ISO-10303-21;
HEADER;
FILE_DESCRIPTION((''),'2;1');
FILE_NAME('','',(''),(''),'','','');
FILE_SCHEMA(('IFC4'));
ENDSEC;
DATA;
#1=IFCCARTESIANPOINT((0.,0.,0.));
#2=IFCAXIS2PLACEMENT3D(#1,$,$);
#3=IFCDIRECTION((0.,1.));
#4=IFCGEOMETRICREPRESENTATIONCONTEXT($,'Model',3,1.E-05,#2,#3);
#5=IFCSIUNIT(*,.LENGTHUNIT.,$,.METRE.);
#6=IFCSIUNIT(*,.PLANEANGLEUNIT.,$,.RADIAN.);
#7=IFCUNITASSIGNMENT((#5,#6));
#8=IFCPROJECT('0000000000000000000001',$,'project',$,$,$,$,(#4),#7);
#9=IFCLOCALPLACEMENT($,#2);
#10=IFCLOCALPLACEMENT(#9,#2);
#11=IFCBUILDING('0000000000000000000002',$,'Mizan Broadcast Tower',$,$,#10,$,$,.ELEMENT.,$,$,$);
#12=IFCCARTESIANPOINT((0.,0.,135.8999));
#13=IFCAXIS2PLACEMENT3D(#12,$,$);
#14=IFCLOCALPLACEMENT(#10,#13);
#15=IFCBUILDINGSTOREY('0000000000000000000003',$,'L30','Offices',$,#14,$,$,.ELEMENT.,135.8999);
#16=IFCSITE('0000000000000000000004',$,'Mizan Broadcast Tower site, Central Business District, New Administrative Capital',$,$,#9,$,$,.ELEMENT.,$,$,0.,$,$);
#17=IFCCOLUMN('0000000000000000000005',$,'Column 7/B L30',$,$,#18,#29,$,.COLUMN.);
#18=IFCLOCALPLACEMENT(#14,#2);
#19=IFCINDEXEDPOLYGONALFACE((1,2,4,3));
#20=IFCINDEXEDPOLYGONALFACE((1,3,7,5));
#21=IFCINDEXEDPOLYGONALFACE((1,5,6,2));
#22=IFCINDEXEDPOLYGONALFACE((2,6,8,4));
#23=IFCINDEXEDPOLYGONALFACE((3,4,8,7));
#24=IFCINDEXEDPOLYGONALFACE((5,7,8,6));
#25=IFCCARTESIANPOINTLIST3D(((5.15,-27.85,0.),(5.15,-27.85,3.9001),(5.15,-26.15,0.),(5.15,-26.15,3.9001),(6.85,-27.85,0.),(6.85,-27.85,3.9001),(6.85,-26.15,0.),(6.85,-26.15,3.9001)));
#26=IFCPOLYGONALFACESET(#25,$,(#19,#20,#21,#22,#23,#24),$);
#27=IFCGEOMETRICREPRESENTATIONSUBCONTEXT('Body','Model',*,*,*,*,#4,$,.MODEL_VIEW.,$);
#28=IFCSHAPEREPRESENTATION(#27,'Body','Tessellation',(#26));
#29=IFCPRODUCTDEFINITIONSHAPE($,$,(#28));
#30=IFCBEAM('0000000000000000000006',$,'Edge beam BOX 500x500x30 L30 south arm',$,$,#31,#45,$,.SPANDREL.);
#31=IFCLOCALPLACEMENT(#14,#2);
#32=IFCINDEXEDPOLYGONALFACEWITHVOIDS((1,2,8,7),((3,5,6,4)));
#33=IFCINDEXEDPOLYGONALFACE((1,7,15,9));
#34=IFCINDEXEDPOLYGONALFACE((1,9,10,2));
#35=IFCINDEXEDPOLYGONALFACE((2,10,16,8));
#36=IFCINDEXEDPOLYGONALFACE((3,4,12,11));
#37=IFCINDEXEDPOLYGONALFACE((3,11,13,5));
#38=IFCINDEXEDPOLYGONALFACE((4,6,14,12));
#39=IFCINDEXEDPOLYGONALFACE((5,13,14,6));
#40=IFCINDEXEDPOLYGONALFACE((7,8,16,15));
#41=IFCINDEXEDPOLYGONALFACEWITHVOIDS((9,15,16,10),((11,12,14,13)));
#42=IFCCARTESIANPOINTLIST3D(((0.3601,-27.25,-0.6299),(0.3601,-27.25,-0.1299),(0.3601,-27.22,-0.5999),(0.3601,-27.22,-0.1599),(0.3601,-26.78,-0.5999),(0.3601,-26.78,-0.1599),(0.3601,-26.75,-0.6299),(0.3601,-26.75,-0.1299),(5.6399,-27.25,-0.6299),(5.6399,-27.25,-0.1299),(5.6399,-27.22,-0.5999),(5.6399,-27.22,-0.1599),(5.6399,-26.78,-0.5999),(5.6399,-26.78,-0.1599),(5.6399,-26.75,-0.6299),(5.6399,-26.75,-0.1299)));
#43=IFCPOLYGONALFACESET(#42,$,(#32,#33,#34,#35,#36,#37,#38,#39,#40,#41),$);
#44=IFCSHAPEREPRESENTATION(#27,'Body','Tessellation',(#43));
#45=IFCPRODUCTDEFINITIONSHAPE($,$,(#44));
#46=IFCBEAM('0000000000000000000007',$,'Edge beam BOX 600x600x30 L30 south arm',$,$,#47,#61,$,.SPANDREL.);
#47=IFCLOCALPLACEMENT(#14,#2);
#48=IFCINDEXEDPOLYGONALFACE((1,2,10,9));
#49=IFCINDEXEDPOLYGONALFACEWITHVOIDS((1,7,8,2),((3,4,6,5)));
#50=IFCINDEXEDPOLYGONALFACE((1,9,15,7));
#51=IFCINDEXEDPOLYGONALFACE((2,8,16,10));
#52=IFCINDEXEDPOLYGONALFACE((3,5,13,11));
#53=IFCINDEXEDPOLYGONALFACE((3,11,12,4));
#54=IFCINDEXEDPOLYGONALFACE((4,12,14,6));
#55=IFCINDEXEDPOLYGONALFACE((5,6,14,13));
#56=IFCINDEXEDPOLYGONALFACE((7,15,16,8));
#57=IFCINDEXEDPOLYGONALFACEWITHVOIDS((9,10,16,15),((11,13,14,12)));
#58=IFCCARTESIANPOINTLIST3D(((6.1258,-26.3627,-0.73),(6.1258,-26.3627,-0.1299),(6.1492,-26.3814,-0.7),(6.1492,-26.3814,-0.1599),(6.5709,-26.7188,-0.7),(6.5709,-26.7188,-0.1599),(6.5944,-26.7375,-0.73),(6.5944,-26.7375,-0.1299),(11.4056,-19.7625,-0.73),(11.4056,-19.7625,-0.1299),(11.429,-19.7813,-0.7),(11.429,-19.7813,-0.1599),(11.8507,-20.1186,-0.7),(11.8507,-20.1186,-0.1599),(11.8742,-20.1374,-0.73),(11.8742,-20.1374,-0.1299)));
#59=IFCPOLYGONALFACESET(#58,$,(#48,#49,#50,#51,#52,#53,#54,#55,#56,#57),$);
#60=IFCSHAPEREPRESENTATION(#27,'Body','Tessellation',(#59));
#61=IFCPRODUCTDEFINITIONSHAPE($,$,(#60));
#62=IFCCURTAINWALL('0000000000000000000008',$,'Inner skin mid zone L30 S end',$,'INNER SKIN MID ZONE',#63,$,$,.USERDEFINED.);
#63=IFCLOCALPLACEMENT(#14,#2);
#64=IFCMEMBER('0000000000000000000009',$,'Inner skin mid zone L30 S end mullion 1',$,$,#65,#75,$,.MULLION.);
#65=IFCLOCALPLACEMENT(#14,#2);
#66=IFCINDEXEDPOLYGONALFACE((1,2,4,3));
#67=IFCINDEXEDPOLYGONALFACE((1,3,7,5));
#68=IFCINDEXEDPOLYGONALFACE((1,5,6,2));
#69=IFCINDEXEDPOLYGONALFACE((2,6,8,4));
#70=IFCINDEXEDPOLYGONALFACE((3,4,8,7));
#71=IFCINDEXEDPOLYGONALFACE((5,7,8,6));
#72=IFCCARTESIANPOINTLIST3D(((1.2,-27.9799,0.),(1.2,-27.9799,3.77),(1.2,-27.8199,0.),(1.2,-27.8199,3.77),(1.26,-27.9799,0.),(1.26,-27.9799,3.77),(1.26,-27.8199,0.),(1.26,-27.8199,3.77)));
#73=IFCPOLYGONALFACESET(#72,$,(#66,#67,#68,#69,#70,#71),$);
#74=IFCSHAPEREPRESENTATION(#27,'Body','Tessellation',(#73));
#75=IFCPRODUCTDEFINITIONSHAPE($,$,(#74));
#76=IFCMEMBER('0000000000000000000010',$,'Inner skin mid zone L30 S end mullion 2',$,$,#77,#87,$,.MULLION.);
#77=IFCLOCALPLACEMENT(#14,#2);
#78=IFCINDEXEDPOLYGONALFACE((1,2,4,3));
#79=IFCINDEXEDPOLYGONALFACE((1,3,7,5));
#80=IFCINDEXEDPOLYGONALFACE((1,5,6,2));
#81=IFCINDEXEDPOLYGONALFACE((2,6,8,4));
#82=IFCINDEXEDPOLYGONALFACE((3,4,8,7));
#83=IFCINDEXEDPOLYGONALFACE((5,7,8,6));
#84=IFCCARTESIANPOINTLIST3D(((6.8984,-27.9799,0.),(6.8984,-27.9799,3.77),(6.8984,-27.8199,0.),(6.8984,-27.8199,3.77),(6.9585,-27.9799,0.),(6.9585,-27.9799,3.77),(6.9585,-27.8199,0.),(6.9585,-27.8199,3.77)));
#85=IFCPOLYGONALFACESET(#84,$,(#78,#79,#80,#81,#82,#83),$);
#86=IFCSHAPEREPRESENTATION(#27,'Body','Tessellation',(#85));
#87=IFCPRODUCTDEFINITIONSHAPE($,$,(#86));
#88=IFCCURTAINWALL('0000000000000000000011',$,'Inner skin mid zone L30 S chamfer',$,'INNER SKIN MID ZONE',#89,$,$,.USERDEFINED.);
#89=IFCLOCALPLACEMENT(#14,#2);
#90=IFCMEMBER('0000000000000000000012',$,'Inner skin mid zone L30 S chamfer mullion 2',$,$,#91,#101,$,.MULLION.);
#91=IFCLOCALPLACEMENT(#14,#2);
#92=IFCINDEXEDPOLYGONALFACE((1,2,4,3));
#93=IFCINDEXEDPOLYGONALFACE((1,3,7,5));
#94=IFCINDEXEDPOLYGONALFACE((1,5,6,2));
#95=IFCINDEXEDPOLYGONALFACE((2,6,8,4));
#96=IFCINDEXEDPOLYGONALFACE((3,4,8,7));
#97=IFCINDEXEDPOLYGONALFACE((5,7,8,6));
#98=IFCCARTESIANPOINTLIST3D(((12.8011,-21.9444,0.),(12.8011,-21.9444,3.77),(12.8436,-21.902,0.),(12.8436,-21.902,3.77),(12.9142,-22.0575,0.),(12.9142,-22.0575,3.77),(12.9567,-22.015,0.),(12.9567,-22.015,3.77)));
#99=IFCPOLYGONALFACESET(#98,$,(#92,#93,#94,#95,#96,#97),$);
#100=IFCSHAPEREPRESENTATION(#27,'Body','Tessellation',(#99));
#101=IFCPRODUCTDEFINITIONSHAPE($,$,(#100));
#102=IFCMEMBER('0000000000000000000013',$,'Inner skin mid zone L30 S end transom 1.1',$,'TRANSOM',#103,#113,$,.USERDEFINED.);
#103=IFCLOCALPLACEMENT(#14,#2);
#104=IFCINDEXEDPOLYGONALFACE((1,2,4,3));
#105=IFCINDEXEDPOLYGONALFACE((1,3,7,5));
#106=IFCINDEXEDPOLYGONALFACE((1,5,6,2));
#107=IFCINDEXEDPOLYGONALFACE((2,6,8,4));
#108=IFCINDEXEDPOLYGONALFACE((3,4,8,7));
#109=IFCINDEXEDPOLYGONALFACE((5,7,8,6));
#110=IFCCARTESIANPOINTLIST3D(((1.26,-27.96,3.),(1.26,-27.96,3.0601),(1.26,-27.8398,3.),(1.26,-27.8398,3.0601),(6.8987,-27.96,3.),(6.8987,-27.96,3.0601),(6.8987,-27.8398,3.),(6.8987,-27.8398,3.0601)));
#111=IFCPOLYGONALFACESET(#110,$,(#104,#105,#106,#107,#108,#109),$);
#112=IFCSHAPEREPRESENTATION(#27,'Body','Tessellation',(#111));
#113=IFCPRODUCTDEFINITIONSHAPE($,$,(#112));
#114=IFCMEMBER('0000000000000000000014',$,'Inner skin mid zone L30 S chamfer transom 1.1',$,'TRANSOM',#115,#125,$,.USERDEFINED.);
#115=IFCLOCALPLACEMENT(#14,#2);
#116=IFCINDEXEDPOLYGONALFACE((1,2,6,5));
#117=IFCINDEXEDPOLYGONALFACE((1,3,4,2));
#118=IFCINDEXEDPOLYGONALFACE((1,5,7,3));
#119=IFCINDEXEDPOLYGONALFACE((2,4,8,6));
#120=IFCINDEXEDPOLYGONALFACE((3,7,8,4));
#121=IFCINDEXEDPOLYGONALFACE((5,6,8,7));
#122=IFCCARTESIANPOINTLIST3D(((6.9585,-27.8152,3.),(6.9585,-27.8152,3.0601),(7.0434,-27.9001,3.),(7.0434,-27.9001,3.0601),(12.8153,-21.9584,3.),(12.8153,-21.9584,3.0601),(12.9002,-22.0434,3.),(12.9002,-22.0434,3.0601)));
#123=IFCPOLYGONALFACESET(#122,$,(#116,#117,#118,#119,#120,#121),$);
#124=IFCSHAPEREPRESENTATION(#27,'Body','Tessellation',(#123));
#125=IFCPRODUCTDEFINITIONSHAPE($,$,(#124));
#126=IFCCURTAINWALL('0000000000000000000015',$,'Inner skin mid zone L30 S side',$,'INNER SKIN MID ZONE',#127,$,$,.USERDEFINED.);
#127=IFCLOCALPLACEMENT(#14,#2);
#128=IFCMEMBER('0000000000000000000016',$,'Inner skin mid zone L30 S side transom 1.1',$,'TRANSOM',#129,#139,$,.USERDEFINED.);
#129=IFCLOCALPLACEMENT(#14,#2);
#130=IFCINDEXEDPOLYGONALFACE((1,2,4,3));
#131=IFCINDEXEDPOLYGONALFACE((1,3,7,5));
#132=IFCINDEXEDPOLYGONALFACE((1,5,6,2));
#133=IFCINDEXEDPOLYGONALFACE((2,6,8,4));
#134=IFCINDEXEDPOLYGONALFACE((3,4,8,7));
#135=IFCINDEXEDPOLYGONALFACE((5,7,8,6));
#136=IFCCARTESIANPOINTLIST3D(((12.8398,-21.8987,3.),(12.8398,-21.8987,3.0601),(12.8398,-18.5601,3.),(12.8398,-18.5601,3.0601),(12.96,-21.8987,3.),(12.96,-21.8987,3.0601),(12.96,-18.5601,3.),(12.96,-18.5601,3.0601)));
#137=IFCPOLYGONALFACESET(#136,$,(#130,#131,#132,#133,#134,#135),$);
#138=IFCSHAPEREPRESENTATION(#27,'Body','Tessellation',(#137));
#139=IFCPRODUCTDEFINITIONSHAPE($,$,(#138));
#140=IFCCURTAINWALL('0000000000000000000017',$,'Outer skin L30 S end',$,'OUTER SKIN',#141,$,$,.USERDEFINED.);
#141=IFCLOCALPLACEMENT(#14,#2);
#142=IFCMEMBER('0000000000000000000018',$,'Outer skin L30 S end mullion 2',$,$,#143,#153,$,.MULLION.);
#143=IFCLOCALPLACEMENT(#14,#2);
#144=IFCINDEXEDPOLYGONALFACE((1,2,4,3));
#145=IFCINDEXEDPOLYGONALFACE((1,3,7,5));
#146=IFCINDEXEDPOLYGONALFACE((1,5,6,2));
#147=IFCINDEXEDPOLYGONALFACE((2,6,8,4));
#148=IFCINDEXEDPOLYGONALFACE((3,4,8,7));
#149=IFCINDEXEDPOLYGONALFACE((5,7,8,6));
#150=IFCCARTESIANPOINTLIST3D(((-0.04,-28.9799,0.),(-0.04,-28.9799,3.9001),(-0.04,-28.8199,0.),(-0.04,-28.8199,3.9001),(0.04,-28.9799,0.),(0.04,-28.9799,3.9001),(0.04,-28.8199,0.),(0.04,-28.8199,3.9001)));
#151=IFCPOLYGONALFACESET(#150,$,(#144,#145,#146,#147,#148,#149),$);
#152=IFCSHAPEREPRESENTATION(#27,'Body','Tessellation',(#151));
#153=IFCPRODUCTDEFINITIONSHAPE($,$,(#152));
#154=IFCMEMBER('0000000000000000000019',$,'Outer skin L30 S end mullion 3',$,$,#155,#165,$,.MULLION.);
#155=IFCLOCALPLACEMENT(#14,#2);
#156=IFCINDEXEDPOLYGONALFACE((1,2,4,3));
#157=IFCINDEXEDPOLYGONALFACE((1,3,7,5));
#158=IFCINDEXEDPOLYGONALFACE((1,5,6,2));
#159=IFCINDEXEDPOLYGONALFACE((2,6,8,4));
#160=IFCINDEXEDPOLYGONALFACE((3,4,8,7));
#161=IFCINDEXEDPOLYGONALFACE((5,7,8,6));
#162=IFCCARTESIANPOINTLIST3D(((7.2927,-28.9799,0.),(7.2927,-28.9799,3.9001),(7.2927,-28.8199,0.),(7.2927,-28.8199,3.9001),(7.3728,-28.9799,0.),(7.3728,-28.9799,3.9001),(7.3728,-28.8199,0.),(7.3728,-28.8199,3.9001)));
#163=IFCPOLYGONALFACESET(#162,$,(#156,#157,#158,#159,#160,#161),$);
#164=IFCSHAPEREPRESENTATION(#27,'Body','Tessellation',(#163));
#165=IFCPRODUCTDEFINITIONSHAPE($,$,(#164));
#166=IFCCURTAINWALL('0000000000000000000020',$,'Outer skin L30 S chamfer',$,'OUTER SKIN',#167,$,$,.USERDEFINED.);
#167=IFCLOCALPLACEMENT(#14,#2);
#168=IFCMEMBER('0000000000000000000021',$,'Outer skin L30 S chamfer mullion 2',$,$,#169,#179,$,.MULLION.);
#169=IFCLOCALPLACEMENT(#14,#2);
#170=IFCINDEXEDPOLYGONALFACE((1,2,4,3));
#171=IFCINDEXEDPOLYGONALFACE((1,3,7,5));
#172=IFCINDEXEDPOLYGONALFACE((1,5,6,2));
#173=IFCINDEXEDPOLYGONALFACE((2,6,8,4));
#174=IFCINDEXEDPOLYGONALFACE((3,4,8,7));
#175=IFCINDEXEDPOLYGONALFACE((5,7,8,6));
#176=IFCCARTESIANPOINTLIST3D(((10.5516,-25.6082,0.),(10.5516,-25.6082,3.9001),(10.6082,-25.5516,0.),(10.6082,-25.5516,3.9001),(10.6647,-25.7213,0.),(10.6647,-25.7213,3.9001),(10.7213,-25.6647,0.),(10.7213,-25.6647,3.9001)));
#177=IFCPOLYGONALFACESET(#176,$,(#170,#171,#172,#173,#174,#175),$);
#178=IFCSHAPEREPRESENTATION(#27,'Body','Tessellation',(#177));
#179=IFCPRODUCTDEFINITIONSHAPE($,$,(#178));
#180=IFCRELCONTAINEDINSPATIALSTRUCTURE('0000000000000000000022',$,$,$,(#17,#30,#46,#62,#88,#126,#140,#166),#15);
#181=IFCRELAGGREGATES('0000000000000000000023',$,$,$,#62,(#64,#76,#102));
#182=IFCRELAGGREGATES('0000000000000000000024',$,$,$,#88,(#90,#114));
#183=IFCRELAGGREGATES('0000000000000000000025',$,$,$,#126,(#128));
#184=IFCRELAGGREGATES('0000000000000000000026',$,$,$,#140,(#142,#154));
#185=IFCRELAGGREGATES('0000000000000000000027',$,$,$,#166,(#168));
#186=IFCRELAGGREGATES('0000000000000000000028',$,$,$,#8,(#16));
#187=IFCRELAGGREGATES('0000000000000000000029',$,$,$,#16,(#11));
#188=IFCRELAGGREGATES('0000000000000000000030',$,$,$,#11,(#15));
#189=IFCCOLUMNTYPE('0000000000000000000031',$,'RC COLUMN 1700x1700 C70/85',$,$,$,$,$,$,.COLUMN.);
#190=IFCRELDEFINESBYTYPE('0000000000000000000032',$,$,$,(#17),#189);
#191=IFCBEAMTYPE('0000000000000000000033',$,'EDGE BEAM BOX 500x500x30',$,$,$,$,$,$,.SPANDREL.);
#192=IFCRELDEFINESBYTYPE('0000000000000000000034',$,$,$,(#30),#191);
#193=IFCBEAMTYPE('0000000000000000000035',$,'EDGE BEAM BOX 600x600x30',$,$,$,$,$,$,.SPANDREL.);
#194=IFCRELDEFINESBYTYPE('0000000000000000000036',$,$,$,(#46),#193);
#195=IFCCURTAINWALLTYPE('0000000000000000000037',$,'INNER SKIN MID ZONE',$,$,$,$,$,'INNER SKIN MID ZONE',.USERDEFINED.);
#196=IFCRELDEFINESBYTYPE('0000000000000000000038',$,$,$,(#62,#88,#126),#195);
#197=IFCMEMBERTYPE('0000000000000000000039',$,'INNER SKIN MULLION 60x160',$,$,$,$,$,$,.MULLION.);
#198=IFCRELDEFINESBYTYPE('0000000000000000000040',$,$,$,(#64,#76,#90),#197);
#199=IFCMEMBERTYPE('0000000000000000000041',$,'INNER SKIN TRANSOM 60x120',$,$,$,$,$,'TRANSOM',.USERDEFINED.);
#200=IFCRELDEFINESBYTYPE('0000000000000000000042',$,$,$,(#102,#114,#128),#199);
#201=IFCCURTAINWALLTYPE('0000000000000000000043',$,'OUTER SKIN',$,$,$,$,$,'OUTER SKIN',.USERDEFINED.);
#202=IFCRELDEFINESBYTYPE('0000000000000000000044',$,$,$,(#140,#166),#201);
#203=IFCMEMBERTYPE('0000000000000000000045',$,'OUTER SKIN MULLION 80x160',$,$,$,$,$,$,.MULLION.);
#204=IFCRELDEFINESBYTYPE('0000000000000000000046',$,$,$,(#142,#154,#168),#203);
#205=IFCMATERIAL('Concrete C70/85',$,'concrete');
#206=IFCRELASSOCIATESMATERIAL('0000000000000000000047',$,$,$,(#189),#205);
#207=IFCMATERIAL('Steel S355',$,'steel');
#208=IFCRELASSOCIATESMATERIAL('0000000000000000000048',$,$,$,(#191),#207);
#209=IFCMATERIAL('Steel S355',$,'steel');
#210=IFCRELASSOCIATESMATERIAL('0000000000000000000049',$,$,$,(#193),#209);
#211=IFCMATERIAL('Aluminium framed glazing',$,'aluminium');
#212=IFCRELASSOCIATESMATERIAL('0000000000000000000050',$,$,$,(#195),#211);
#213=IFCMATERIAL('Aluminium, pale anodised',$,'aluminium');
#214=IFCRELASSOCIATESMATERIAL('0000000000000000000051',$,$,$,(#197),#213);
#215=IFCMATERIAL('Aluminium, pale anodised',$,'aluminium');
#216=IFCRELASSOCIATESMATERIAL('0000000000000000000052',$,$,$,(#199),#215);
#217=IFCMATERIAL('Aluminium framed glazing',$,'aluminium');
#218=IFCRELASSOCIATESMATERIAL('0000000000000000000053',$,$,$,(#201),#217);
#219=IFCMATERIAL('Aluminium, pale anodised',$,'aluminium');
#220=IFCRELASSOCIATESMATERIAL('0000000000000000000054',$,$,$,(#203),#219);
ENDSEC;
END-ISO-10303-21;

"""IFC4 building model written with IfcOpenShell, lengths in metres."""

from ifc_helpers import new_model, si_unit, direction, frame, origin, origin_2d, place, context, subcontext, project, spatial, rectangle, hollow_rectangle, extrude, material, material_profile, profile_set, type_object, element, aggregate, save


model = new_model("IFC4")

# Units and contexts
model_context = context("Model", 3, precision=1e-05, world=origin(), true_north=direction((0.0, 1.0)))
body_context = subcontext(model_context, "Body", "Model", "MODEL_VIEW")
ifc_project = project(units=[si_unit("LENGTHUNIT", "METRE"), si_unit("PLANEANGLEUNIT", "RADIAN")], contexts=[model_context])

# Site, building, storey
site_placement = place(None, origin())
site = spatial("IfcSite", under=ifc_project, at=site_placement, Name="Mizan Broadcast Tower site, Central Business District, New Administrative Capital", CompositionType="ELEMENT", RefElevation=0.0)
building_placement = place(site_placement, origin())
building = spatial("IfcBuilding", under=site, at=building_placement, Name="Mizan Broadcast Tower", CompositionType="ELEMENT")
storey_placement = place(building_placement, frame((0.0, 0.0, 135.8999)))
storey = spatial("IfcBuildingStorey", under=building, at=storey_placement, Name="L30", Description="Offices", CompositionType="ELEMENT", Elevation=135.8999)

# Column
ifc_material_1 = material(Name="Concrete C70/85", Category="concrete")
ifc_material_profile_1 = material_profile(ifc_material_1, rectangle(XDim=1.7, YDim=1.7, at=origin_2d()), Name="RC 1700x1700")
ifc_profile_set_1 = profile_set([ifc_material_profile_1], Name="Concrete C70/85")
column_type = type_object("IfcColumnType", Name="RC COLUMN 1700x1700 C70/85", PredefinedType="COLUMN", material=ifc_profile_set_1)
column_placement = place(storey_placement, frame((6.0, -27.0, 0.0), z_axis=(0.0, 0.0, 1.0), x_axis=(1.0, 0.0, 0.0)))
element("IfcColumn", 1, at=column_placement, inside=storey, type_object=column_type, Name="Column 7/B L30", PredefinedType="COLUMN", context=body_context, shape_type="SweptSolid", body=[
    extrude(rectangle(XDim=1.7, YDim=1.7, at=origin_2d()), origin(), (0.0, 0.0, 1.0), 3.9001),
])

# Beams
ifc_material_2 = material(Name="Steel S355", Category="steel")
ifc_material_profile_2 = material_profile(ifc_material_2, hollow_rectangle(XDim=0.5, YDim=0.5, WallThickness=0.03, at=origin_2d()), Name="BOX 500x500x30")
ifc_profile_set_2 = profile_set([ifc_material_profile_2], Name="Steel S355")
beam_type_1 = type_object("IfcBeamType", Name="EDGE BEAM BOX 500x500x30", PredefinedType="SPANDREL", material=ifc_profile_set_2)
beam_1_placement = place(storey_placement, frame((5.6399, -27.0, -0.3799), z_axis=(-1.0, 0.0, 0.0), x_axis=(0.0, -1.0, 0.0)))
element("IfcBeam", 2, at=beam_1_placement, inside=storey, type_object=beam_type_1, Name="Edge beam BOX 500x500x30 L30 south arm", PredefinedType="SPANDREL", context=body_context, shape_type="SweptSolid", body=[
    extrude(hollow_rectangle(XDim=0.5, YDim=0.5, WallThickness=0.03, at=origin_2d()), origin(), (0.0, 0.0, 1.0), 5.2798),
])
ifc_material_3 = material(Name="Steel S355", Category="steel")
ifc_material_profile_3 = material_profile(ifc_material_3, hollow_rectangle(XDim=0.6001, YDim=0.6001, WallThickness=0.03, at=origin_2d()), Name="BOX 600x600x30")
ifc_profile_set_3 = profile_set([ifc_material_profile_3], Name="Steel S355")
beam_type_2 = type_object("IfcBeamType", Name="EDGE BEAM BOX 600x600x30", PredefinedType="SPANDREL", material=ifc_profile_set_3)
beam_2_placement = place(storey_placement, frame((11.6399, -19.95, -0.4299), z_axis=(-0.624674, -0.780886, 0.0), x_axis=(0.780886, -0.624674, 0.0)))
element("IfcBeam", 3, at=beam_2_placement, inside=storey, type_object=beam_type_2, Name="Edge beam BOX 600x600x30 L30 south arm", PredefinedType="SPANDREL", context=body_context, shape_type="SweptSolid", body=[
    extrude(hollow_rectangle(XDim=0.6001, YDim=0.6001, WallThickness=0.03, at=origin_2d()), origin(), (0.0, 0.0, 1.0), 8.4521),
])

# Curtain wall, members
ifc_material_4 = material(Name="Aluminium framed glazing", Category="aluminium")
curtain_wall_type_1 = type_object("IfcCurtainWallType", Name="INNER SKIN MID ZONE", ElementType="INNER SKIN MID ZONE", PredefinedType="USERDEFINED", material=ifc_material_4)
curtain_wall_1_placement = place(storey_placement, origin())
curtain_wall_1 = element("IfcCurtainWall", 4, at=curtain_wall_1_placement, inside=storey, type_object=curtain_wall_type_1, Name="Inner skin mid zone L30 S end", ObjectType="INNER SKIN MID ZONE", PredefinedType="USERDEFINED")
ifc_material_5 = material(Name="Aluminium, pale anodised", Category="aluminium")
ifc_material_profile_4 = material_profile(ifc_material_5, rectangle(XDim=0.1599, YDim=0.0601, at=origin_2d()), Name="MULLION 160x60")
ifc_profile_set_4 = profile_set([ifc_material_profile_4], Name="Aluminium, pale anodised")
member_type_1 = type_object("IfcMemberType", Name="INNER SKIN MULLION 60x160", PredefinedType="MULLION", material=ifc_profile_set_4)
member_1_placement = place(storey_placement, frame((1.23, -27.8999, 0.0), z_axis=(0.0, 0.0, 1.0), x_axis=(0.0, 1.0, 0.0)))
member_1 = element("IfcMember", 5, at=member_1_placement, type_object=member_type_1, Name="Inner skin mid zone L30 S end mullion 1", PredefinedType="MULLION", context=body_context, shape_type="SweptSolid", body=[
    extrude(rectangle(XDim=0.1599, YDim=0.0601, at=origin_2d()), origin(), (0.0, 0.0, 1.0), 3.77),
])
member_2_placement = place(storey_placement, frame((6.9285, -27.8999, 0.0), z_axis=(0.0, 0.0, 1.0), x_axis=(0.0, 1.0, 0.0)))
member_2 = element("IfcMember", 6, at=member_2_placement, type_object=member_type_1, Name="Inner skin mid zone L30 S end mullion 2", PredefinedType="MULLION", context=body_context, shape_type="SweptSolid", body=[
    extrude(rectangle(XDim=0.1599, YDim=0.0601, at=origin_2d()), origin(), (0.0, 0.0, 1.0), 3.77),
])

# Curtain wall, member
curtain_wall_2_placement = place(storey_placement, origin())
curtain_wall_2 = element("IfcCurtainWall", 7, at=curtain_wall_2_placement, inside=storey, type_object=curtain_wall_type_1, Name="Inner skin mid zone L30 S chamfer", ObjectType="INNER SKIN MID ZONE", PredefinedType="USERDEFINED")
member_3_placement = place(storey_placement, frame((12.8789, -21.9797, 0.0), z_axis=(0.0, 0.0, 1.0), x_axis=(-0.707107, 0.707107, 0.0)))
member_3 = element("IfcMember", 8, at=member_3_placement, type_object=member_type_1, Name="Inner skin mid zone L30 S chamfer mullion 2", PredefinedType="MULLION", context=body_context, shape_type="SweptSolid", body=[
    extrude(rectangle(XDim=0.1599, YDim=0.0601, at=origin_2d()), origin(), (0.0, 0.0, 1.0), 3.77),
])

# Members
ifc_material_6 = material(Name="Aluminium, pale anodised", Category="aluminium")
ifc_material_profile_5 = material_profile(ifc_material_6, rectangle(XDim=0.1201, YDim=0.0601, at=origin_2d()), Name="TRANSOM 120x60")
ifc_profile_set_5 = profile_set([ifc_material_profile_5], Name="Aluminium, pale anodised")
member_type_2 = type_object("IfcMemberType", Name="INNER SKIN TRANSOM 60x120", ElementType="TRANSOM", PredefinedType="USERDEFINED", material=ifc_profile_set_5)
member_4_placement = place(storey_placement, frame((1.26, -27.8999, 3.03), z_axis=(1.0, 0.0, 0.0), x_axis=(0.0, 1.0, 0.0)))
member_4 = element("IfcMember", 9, at=member_4_placement, type_object=member_type_2, Name="Inner skin mid zone L30 S end transom 1.1", ObjectType="TRANSOM", PredefinedType="USERDEFINED", context=body_context, shape_type="SweptSolid", body=[
    extrude(rectangle(XDim=0.1201, YDim=0.0601, at=origin_2d()), origin(), (0.0, 0.0, 1.0), 5.6387),
])
member_5_placement = place(storey_placement, frame((7.001, -27.8577, 3.03), z_axis=(0.707107, 0.707107, 0.0), x_axis=(-0.707107, 0.707107, 0.0)))
member_5 = element("IfcMember", 10, at=member_5_placement, type_object=member_type_2, Name="Inner skin mid zone L30 S chamfer transom 1.1", ObjectType="TRANSOM", PredefinedType="USERDEFINED", context=body_context, shape_type="SweptSolid", body=[
    extrude(rectangle(XDim=0.1201, YDim=0.0601, at=origin_2d()), origin(), (0.0, 0.0, 1.0), 8.2827),
])

# Curtain wall, member
curtain_wall_3_placement = place(storey_placement, origin())
curtain_wall_3 = element("IfcCurtainWall", 11, at=curtain_wall_3_placement, inside=storey, type_object=curtain_wall_type_1, Name="Inner skin mid zone L30 S side", ObjectType="INNER SKIN MID ZONE", PredefinedType="USERDEFINED")
member_6_placement = place(storey_placement, frame((12.8999, -21.8987, 3.03), z_axis=(0.0, 1.0, 0.0), x_axis=(-1.0, 0.0, 0.0)))
member_6 = element("IfcMember", 12, at=member_6_placement, type_object=member_type_2, Name="Inner skin mid zone L30 S side transom 1.1", ObjectType="TRANSOM", PredefinedType="USERDEFINED", context=body_context, shape_type="SweptSolid", body=[
    extrude(rectangle(XDim=0.1201, YDim=0.0601, at=origin_2d()), origin(), (0.0, 0.0, 1.0), 3.3386),
])

# Curtain wall, members
ifc_material_7 = material(Name="Aluminium framed glazing", Category="aluminium")
curtain_wall_type_2 = type_object("IfcCurtainWallType", Name="OUTER SKIN", ElementType="OUTER SKIN", PredefinedType="USERDEFINED", material=ifc_material_7)
curtain_wall_4_placement = place(storey_placement, origin())
curtain_wall_4 = element("IfcCurtainWall", 13, at=curtain_wall_4_placement, inside=storey, type_object=curtain_wall_type_2, Name="Outer skin L30 S end", ObjectType="OUTER SKIN", PredefinedType="USERDEFINED")
ifc_material_8 = material(Name="Aluminium, pale anodised", Category="aluminium")
ifc_material_profile_6 = material_profile(ifc_material_8, rectangle(XDim=0.1599, YDim=0.0801, at=origin_2d()), Name="MULLION 160x80")
ifc_profile_set_6 = profile_set([ifc_material_profile_6], Name="Aluminium, pale anodised")
member_type_3 = type_object("IfcMemberType", Name="OUTER SKIN MULLION 80x160", PredefinedType="MULLION", material=ifc_profile_set_6)
member_7_placement = place(storey_placement, frame((0.0, -28.8999, 0.0), z_axis=(0.0, 0.0, 1.0), x_axis=(0.0, 1.0, 0.0)))
member_7 = element("IfcMember", 14, at=member_7_placement, type_object=member_type_3, Name="Outer skin L30 S end mullion 2", PredefinedType="MULLION", context=body_context, shape_type="SweptSolid", body=[
    extrude(rectangle(XDim=0.1599, YDim=0.0801, at=origin_2d()), origin(), (0.0, 0.0, 1.0), 3.9001),
])
member_8_placement = place(storey_placement, frame((7.3328, -28.8999, 0.0), z_axis=(0.0, 0.0, 1.0), x_axis=(0.0, 1.0, 0.0)))
member_8 = element("IfcMember", 15, at=member_8_placement, type_object=member_type_3, Name="Outer skin L30 S end mullion 3", PredefinedType="MULLION", context=body_context, shape_type="SweptSolid", body=[
    extrude(rectangle(XDim=0.1599, YDim=0.0801, at=origin_2d()), origin(), (0.0, 0.0, 1.0), 3.9001),
])

# Curtain wall, member
curtain_wall_5_placement = place(storey_placement, origin())
curtain_wall_5 = element("IfcCurtainWall", 16, at=curtain_wall_5_placement, inside=storey, type_object=curtain_wall_type_2, Name="Outer skin L30 S chamfer", ObjectType="OUTER SKIN", PredefinedType="USERDEFINED")
member_9_placement = place(storey_placement, frame((10.6365, -25.6365, 0.0), z_axis=(0.0, 0.0, 1.0), x_axis=(-0.707107, 0.707107, 0.0)))
member_9 = element("IfcMember", 17, at=member_9_placement, type_object=member_type_3, Name="Outer skin L30 S chamfer mullion 2", PredefinedType="MULLION", context=body_context, shape_type="SweptSolid", body=[
    extrude(rectangle(XDim=0.1599, YDim=0.0801, at=origin_2d()), origin(), (0.0, 0.0, 1.0), 3.9001),
])

aggregate(curtain_wall_1, [member_1, member_2, member_4])
aggregate(curtain_wall_2, [member_3, member_5])
aggregate(curtain_wall_3, [member_6])
aggregate(curtain_wall_4, [member_7, member_8])
aggregate(curtain_wall_5, [member_9])

save(model, "model.ifc")
